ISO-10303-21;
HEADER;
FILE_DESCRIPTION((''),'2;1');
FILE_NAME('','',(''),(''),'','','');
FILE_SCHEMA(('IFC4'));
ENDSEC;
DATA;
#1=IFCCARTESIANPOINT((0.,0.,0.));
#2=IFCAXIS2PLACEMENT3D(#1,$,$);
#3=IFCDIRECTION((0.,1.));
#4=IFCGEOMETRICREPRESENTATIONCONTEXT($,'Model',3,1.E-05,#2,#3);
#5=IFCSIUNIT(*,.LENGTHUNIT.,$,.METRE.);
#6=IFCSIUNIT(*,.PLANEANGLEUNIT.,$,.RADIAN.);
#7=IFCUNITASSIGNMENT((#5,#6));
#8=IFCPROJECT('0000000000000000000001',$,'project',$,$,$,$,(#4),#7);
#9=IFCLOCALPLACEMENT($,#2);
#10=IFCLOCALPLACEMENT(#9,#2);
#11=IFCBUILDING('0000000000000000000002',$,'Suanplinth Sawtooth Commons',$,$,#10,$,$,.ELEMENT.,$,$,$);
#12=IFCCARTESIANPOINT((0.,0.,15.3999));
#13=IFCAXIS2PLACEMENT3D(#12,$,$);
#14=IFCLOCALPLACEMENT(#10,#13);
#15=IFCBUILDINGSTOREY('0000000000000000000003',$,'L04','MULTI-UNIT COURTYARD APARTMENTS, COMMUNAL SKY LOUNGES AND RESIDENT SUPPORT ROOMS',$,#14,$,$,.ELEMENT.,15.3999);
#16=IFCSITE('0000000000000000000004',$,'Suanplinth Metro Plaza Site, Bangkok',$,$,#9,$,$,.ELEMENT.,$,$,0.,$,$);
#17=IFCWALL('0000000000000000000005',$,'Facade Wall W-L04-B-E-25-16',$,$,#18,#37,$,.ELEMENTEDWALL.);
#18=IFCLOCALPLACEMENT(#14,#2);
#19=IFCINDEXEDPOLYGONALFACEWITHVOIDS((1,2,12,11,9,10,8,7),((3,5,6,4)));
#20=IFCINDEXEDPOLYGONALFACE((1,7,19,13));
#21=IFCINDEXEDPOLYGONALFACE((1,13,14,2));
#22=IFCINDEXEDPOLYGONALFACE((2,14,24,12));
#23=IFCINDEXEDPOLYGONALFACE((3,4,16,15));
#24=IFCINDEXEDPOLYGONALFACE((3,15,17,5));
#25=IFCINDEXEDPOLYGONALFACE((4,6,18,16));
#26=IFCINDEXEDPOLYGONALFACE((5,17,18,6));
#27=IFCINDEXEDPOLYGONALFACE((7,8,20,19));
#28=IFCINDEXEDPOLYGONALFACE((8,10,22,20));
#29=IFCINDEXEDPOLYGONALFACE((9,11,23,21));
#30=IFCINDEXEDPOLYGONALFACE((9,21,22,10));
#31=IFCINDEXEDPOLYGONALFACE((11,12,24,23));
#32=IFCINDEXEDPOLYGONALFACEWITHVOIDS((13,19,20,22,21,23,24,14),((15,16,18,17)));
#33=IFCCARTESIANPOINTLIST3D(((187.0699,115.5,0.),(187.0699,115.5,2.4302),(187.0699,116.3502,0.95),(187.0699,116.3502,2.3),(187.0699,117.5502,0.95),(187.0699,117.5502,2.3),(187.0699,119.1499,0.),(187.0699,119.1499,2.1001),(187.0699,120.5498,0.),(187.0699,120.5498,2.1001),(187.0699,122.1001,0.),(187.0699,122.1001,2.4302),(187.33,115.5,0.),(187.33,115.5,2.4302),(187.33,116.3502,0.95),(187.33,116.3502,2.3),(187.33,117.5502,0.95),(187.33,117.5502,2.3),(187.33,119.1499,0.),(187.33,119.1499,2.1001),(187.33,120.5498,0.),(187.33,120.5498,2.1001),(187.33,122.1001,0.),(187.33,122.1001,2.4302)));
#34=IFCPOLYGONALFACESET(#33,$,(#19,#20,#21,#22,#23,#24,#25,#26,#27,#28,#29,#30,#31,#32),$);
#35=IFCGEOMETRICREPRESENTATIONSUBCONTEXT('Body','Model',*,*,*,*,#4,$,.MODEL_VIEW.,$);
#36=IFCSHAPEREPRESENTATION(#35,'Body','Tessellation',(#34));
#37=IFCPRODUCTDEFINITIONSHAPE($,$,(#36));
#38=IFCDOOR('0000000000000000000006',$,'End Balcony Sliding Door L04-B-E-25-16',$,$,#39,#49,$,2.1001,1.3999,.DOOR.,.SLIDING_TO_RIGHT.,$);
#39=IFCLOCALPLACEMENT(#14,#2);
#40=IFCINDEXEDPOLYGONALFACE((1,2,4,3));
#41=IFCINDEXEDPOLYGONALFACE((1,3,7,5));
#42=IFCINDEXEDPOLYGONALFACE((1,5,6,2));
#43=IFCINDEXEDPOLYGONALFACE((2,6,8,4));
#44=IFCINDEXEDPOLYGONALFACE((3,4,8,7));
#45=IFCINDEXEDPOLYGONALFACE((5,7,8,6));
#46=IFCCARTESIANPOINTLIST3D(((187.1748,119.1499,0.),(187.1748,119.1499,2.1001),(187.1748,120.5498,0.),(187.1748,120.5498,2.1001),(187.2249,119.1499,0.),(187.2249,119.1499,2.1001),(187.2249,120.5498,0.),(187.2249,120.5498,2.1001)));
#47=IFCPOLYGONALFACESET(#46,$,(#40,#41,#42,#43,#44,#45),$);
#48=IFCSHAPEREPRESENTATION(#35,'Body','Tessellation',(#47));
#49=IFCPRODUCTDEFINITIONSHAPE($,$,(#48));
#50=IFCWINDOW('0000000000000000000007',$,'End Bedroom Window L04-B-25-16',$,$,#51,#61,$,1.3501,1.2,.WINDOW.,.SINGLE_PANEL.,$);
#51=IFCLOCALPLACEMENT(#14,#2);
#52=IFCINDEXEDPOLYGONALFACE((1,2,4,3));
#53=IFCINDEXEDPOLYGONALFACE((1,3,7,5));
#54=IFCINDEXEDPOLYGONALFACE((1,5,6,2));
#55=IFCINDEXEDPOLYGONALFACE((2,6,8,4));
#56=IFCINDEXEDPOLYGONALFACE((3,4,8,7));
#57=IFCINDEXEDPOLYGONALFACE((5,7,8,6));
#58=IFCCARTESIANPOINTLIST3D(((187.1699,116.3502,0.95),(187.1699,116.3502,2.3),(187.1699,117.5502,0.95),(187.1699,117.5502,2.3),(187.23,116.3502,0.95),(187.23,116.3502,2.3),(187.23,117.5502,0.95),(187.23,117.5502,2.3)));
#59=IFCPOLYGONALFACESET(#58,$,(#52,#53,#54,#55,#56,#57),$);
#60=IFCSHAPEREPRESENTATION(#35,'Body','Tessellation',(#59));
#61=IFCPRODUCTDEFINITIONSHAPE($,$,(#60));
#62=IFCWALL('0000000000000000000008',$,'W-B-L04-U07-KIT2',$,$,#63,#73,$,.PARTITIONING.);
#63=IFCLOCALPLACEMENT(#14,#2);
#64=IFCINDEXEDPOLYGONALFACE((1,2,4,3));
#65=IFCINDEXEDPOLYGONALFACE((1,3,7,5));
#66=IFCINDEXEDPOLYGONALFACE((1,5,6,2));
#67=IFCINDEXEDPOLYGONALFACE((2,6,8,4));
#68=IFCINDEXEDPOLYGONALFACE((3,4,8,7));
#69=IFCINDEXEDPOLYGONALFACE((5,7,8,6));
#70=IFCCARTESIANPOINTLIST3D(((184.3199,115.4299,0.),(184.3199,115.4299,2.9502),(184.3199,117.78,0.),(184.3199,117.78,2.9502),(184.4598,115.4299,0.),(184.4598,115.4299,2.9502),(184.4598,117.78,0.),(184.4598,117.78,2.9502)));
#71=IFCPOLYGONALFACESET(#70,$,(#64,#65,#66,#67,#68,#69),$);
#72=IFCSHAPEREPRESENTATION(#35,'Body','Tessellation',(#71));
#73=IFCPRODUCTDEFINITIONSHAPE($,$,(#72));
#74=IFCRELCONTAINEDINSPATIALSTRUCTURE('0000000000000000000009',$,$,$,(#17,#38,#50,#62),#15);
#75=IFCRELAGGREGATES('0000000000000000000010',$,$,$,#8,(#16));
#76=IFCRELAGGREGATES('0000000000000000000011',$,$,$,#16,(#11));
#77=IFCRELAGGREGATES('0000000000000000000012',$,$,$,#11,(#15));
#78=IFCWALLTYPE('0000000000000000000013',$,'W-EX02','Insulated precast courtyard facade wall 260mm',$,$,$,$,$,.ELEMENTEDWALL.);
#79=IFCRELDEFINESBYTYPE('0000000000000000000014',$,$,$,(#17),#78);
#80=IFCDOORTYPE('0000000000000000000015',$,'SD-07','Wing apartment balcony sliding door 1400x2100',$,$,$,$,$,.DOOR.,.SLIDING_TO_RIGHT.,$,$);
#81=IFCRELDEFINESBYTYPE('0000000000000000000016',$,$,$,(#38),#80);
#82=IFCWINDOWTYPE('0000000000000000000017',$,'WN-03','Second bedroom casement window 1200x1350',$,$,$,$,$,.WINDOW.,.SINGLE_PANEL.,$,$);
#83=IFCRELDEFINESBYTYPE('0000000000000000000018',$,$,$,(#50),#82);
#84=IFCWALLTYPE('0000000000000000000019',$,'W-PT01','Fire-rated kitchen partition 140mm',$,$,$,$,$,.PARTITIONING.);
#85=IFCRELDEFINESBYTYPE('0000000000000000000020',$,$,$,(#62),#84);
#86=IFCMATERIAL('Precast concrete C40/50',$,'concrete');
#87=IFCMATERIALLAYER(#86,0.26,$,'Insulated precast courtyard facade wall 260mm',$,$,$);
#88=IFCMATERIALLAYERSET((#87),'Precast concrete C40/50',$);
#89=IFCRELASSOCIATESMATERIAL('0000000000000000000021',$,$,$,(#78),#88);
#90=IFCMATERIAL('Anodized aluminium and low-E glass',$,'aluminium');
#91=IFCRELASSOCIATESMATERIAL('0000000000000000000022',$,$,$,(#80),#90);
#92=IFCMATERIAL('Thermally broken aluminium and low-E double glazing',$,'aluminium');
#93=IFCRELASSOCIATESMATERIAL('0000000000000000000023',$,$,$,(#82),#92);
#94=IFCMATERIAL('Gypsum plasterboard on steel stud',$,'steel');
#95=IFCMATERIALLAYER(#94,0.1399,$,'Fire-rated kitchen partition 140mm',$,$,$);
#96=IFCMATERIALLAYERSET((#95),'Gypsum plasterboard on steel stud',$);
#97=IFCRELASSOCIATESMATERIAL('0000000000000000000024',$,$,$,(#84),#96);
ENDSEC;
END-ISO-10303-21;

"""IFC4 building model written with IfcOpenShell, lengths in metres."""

from ifc_helpers import new_model, si_unit, direction, frame, frame_2d, origin, place, context, subcontext, project, spatial, rectangle, extrude, material, layer, layer_set, type_object, element, fill, save


model = new_model("IFC4")

# Units and contexts
model_context = context("Model", 3, precision=1e-05, world=origin(), true_north=direction((0.0, 1.0)))
body_context = subcontext(model_context, "Body", "Model", "MODEL_VIEW")
ifc_project = project(units=[si_unit("LENGTHUNIT", "METRE"), si_unit("PLANEANGLEUNIT", "RADIAN")], contexts=[model_context])

# Site, building, storey
site_placement = place(None, origin())
site = spatial("IfcSite", under=ifc_project, at=site_placement, Name="Suanplinth Metro Plaza Site, Bangkok", CompositionType="ELEMENT", RefElevation=0.0)
building_placement = place(site_placement, origin())
building = spatial("IfcBuilding", under=site, at=building_placement, Name="Suanplinth Sawtooth Commons", CompositionType="ELEMENT")
storey_placement = place(building_placement, frame((0.0, 0.0, 15.3999)))
storey = spatial("IfcBuildingStorey", under=building, at=storey_placement, Name="L04", Description="MULTI-UNIT COURTYARD APARTMENTS, COMMUNAL SKY LOUNGES AND RESIDENT SUPPORT ROOMS", CompositionType="ELEMENT", Elevation=15.3999)

# Shared definitions
ifc_material_1 = material(Name="Precast concrete C40/50", Category="concrete")

# Wall, openings, door, window
ifc_layer_1 = layer(ifc_material_1, 0.26, Name="Insulated precast courtyard facade wall 260mm")
ifc_layer_set_1 = layer_set([ifc_layer_1], Name="Precast concrete C40/50")
wall_type_1 = type_object("IfcWallType", Name="W-EX02", Description="Insulated precast courtyard facade wall 260mm", PredefinedType="ELEMENTEDWALL", material=ifc_layer_set_1)
wall_1_placement = place(storey_placement, frame((187.2, 115.5, 0.0), z_axis=(0.0, 0.0, 1.0), x_axis=(0.0, 1.0, 0.0)))
wall_1 = element("IfcWall", 1, at=wall_1_placement, inside=storey, type_object=wall_type_1, Name="Facade Wall W-L04-B-E-25-16", PredefinedType="ELEMENTEDWALL", context=body_context, shape_type="SweptSolid", body=[
    extrude(rectangle(XDim=6.6001, YDim=0.26, at=frame_2d((3.3, 0.0))), origin(), (0.0, 0.0, 1.0), 2.4302),
])
opening_1_placement = place(wall_1_placement, frame((3.6499, 0.0, 0.0)))
opening_1 = element("IfcOpeningElement", 2, at=opening_1_placement, cuts=wall_1, PredefinedType="OPENING", context=body_context, shape_type="SweptSolid", body=[
    extrude(rectangle(XDim=1.3999, YDim=2.1001, at=frame_2d((0.7, 1.05))), frame((0.0, 0.145, 0.0), z_axis=(0.0, -1.0, 0.0), x_axis=(1.0, 0.0, 0.0)), (0.0, 0.0, 1.0), 0.2898),
])
opening_2_placement = place(wall_1_placement, frame((0.8501, 0.0, 0.95)))
opening_2 = element("IfcOpeningElement", 3, at=opening_2_placement, cuts=wall_1, PredefinedType="OPENING", context=body_context, shape_type="SweptSolid", body=[
    extrude(rectangle(XDim=1.2, YDim=1.3501, at=frame_2d((0.6001, 0.675))), frame((0.0, 0.145, 0.0), z_axis=(0.0, -1.0, 0.0), x_axis=(1.0, 0.0, 0.0)), (0.0, 0.0, 1.0), 0.2898),
])
ifc_material_2 = material(Name="Anodized aluminium and low-E glass", Category="aluminium")
door_type_1 = type_object("IfcDoorType", Name="SD-07", Description="Wing apartment balcony sliding door 1400x2100", OperationType="SLIDING_TO_RIGHT", PredefinedType="DOOR", material=ifc_material_2)
door_1_placement = place(opening_1_placement, frame((1.3999, 0.0, 0.0), z_axis=(0.0, 0.0, 1.0), x_axis=(-1.0, 0.0, 0.0)))
door_1 = element("IfcDoor", 4, at=door_1_placement, inside=storey, type_object=door_type_1, Name="End Balcony Sliding Door L04-B-E-25-16", OperationType="SLIDING_TO_RIGHT", OverallHeight=2.1001, OverallWidth=1.3999, PredefinedType="DOOR", context=body_context, shape_type="SweptSolid", body=[
    extrude(rectangle(XDim=1.3999, YDim=2.1001, at=frame_2d((0.7, 1.05))), frame((0.0, 0.0249, 0.0), z_axis=(0.0, -1.0, 0.0), x_axis=(1.0, 0.0, 0.0)), (0.0, 0.0, 1.0), 0.05),
])
fill(opening_1, door_1)
ifc_material_3 = material(Name="Thermally broken aluminium and low-E double glazing", Category="aluminium")
window_type = type_object("IfcWindowType", Name="WN-03", Description="Second bedroom casement window 1200x1350", PartitioningType="SINGLE_PANEL", PredefinedType="WINDOW", material=ifc_material_3)
window_placement = place(opening_2_placement, origin())
window = element("IfcWindow", 5, at=window_placement, inside=storey, type_object=window_type, Name="End Bedroom Window L04-B-25-16", OverallHeight=1.3501, OverallWidth=1.2, PartitioningType="SINGLE_PANEL", PredefinedType="WINDOW", context=body_context, shape_type="SweptSolid", body=[
    extrude(rectangle(XDim=1.2, YDim=1.3501, at=frame_2d((0.6001, 0.675))), frame((0.0, 0.03, 0.0), z_axis=(0.0, -1.0, 0.0), x_axis=(1.0, 0.0, 0.0)), (0.0, 0.0, 1.0), 0.0601),
])
fill(opening_2, window)

# Wall
ifc_material_4 = material(Name="Gypsum plasterboard on steel stud", Category="steel")
ifc_layer_2 = layer(ifc_material_4, 0.1399, Name="Fire-rated kitchen partition 140mm")
ifc_layer_set_2 = layer_set([ifc_layer_2], Name="Gypsum plasterboard on steel stud")
wall_type_2 = type_object("IfcWallType", Name="W-PT01", Description="Fire-rated kitchen partition 140mm", PredefinedType="PARTITIONING", material=ifc_layer_set_2)
wall_2_placement = place(storey_placement, frame((184.3899, 115.4299, 0.0), z_axis=(0.0, 0.0, 1.0), x_axis=(0.0, 1.0, 0.0)))
element("IfcWall", 6, at=wall_2_placement, inside=storey, type_object=wall_type_2, Name="W-B-L04-U07-KIT2", PredefinedType="PARTITIONING", context=body_context, shape_type="SweptSolid", body=[
    extrude(rectangle(XDim=2.3501, YDim=0.1399, at=frame_2d((1.175, 0.0))), origin(), (0.0, 0.0, 1.0), 2.9502),
])

save(model, "model.ifc")
